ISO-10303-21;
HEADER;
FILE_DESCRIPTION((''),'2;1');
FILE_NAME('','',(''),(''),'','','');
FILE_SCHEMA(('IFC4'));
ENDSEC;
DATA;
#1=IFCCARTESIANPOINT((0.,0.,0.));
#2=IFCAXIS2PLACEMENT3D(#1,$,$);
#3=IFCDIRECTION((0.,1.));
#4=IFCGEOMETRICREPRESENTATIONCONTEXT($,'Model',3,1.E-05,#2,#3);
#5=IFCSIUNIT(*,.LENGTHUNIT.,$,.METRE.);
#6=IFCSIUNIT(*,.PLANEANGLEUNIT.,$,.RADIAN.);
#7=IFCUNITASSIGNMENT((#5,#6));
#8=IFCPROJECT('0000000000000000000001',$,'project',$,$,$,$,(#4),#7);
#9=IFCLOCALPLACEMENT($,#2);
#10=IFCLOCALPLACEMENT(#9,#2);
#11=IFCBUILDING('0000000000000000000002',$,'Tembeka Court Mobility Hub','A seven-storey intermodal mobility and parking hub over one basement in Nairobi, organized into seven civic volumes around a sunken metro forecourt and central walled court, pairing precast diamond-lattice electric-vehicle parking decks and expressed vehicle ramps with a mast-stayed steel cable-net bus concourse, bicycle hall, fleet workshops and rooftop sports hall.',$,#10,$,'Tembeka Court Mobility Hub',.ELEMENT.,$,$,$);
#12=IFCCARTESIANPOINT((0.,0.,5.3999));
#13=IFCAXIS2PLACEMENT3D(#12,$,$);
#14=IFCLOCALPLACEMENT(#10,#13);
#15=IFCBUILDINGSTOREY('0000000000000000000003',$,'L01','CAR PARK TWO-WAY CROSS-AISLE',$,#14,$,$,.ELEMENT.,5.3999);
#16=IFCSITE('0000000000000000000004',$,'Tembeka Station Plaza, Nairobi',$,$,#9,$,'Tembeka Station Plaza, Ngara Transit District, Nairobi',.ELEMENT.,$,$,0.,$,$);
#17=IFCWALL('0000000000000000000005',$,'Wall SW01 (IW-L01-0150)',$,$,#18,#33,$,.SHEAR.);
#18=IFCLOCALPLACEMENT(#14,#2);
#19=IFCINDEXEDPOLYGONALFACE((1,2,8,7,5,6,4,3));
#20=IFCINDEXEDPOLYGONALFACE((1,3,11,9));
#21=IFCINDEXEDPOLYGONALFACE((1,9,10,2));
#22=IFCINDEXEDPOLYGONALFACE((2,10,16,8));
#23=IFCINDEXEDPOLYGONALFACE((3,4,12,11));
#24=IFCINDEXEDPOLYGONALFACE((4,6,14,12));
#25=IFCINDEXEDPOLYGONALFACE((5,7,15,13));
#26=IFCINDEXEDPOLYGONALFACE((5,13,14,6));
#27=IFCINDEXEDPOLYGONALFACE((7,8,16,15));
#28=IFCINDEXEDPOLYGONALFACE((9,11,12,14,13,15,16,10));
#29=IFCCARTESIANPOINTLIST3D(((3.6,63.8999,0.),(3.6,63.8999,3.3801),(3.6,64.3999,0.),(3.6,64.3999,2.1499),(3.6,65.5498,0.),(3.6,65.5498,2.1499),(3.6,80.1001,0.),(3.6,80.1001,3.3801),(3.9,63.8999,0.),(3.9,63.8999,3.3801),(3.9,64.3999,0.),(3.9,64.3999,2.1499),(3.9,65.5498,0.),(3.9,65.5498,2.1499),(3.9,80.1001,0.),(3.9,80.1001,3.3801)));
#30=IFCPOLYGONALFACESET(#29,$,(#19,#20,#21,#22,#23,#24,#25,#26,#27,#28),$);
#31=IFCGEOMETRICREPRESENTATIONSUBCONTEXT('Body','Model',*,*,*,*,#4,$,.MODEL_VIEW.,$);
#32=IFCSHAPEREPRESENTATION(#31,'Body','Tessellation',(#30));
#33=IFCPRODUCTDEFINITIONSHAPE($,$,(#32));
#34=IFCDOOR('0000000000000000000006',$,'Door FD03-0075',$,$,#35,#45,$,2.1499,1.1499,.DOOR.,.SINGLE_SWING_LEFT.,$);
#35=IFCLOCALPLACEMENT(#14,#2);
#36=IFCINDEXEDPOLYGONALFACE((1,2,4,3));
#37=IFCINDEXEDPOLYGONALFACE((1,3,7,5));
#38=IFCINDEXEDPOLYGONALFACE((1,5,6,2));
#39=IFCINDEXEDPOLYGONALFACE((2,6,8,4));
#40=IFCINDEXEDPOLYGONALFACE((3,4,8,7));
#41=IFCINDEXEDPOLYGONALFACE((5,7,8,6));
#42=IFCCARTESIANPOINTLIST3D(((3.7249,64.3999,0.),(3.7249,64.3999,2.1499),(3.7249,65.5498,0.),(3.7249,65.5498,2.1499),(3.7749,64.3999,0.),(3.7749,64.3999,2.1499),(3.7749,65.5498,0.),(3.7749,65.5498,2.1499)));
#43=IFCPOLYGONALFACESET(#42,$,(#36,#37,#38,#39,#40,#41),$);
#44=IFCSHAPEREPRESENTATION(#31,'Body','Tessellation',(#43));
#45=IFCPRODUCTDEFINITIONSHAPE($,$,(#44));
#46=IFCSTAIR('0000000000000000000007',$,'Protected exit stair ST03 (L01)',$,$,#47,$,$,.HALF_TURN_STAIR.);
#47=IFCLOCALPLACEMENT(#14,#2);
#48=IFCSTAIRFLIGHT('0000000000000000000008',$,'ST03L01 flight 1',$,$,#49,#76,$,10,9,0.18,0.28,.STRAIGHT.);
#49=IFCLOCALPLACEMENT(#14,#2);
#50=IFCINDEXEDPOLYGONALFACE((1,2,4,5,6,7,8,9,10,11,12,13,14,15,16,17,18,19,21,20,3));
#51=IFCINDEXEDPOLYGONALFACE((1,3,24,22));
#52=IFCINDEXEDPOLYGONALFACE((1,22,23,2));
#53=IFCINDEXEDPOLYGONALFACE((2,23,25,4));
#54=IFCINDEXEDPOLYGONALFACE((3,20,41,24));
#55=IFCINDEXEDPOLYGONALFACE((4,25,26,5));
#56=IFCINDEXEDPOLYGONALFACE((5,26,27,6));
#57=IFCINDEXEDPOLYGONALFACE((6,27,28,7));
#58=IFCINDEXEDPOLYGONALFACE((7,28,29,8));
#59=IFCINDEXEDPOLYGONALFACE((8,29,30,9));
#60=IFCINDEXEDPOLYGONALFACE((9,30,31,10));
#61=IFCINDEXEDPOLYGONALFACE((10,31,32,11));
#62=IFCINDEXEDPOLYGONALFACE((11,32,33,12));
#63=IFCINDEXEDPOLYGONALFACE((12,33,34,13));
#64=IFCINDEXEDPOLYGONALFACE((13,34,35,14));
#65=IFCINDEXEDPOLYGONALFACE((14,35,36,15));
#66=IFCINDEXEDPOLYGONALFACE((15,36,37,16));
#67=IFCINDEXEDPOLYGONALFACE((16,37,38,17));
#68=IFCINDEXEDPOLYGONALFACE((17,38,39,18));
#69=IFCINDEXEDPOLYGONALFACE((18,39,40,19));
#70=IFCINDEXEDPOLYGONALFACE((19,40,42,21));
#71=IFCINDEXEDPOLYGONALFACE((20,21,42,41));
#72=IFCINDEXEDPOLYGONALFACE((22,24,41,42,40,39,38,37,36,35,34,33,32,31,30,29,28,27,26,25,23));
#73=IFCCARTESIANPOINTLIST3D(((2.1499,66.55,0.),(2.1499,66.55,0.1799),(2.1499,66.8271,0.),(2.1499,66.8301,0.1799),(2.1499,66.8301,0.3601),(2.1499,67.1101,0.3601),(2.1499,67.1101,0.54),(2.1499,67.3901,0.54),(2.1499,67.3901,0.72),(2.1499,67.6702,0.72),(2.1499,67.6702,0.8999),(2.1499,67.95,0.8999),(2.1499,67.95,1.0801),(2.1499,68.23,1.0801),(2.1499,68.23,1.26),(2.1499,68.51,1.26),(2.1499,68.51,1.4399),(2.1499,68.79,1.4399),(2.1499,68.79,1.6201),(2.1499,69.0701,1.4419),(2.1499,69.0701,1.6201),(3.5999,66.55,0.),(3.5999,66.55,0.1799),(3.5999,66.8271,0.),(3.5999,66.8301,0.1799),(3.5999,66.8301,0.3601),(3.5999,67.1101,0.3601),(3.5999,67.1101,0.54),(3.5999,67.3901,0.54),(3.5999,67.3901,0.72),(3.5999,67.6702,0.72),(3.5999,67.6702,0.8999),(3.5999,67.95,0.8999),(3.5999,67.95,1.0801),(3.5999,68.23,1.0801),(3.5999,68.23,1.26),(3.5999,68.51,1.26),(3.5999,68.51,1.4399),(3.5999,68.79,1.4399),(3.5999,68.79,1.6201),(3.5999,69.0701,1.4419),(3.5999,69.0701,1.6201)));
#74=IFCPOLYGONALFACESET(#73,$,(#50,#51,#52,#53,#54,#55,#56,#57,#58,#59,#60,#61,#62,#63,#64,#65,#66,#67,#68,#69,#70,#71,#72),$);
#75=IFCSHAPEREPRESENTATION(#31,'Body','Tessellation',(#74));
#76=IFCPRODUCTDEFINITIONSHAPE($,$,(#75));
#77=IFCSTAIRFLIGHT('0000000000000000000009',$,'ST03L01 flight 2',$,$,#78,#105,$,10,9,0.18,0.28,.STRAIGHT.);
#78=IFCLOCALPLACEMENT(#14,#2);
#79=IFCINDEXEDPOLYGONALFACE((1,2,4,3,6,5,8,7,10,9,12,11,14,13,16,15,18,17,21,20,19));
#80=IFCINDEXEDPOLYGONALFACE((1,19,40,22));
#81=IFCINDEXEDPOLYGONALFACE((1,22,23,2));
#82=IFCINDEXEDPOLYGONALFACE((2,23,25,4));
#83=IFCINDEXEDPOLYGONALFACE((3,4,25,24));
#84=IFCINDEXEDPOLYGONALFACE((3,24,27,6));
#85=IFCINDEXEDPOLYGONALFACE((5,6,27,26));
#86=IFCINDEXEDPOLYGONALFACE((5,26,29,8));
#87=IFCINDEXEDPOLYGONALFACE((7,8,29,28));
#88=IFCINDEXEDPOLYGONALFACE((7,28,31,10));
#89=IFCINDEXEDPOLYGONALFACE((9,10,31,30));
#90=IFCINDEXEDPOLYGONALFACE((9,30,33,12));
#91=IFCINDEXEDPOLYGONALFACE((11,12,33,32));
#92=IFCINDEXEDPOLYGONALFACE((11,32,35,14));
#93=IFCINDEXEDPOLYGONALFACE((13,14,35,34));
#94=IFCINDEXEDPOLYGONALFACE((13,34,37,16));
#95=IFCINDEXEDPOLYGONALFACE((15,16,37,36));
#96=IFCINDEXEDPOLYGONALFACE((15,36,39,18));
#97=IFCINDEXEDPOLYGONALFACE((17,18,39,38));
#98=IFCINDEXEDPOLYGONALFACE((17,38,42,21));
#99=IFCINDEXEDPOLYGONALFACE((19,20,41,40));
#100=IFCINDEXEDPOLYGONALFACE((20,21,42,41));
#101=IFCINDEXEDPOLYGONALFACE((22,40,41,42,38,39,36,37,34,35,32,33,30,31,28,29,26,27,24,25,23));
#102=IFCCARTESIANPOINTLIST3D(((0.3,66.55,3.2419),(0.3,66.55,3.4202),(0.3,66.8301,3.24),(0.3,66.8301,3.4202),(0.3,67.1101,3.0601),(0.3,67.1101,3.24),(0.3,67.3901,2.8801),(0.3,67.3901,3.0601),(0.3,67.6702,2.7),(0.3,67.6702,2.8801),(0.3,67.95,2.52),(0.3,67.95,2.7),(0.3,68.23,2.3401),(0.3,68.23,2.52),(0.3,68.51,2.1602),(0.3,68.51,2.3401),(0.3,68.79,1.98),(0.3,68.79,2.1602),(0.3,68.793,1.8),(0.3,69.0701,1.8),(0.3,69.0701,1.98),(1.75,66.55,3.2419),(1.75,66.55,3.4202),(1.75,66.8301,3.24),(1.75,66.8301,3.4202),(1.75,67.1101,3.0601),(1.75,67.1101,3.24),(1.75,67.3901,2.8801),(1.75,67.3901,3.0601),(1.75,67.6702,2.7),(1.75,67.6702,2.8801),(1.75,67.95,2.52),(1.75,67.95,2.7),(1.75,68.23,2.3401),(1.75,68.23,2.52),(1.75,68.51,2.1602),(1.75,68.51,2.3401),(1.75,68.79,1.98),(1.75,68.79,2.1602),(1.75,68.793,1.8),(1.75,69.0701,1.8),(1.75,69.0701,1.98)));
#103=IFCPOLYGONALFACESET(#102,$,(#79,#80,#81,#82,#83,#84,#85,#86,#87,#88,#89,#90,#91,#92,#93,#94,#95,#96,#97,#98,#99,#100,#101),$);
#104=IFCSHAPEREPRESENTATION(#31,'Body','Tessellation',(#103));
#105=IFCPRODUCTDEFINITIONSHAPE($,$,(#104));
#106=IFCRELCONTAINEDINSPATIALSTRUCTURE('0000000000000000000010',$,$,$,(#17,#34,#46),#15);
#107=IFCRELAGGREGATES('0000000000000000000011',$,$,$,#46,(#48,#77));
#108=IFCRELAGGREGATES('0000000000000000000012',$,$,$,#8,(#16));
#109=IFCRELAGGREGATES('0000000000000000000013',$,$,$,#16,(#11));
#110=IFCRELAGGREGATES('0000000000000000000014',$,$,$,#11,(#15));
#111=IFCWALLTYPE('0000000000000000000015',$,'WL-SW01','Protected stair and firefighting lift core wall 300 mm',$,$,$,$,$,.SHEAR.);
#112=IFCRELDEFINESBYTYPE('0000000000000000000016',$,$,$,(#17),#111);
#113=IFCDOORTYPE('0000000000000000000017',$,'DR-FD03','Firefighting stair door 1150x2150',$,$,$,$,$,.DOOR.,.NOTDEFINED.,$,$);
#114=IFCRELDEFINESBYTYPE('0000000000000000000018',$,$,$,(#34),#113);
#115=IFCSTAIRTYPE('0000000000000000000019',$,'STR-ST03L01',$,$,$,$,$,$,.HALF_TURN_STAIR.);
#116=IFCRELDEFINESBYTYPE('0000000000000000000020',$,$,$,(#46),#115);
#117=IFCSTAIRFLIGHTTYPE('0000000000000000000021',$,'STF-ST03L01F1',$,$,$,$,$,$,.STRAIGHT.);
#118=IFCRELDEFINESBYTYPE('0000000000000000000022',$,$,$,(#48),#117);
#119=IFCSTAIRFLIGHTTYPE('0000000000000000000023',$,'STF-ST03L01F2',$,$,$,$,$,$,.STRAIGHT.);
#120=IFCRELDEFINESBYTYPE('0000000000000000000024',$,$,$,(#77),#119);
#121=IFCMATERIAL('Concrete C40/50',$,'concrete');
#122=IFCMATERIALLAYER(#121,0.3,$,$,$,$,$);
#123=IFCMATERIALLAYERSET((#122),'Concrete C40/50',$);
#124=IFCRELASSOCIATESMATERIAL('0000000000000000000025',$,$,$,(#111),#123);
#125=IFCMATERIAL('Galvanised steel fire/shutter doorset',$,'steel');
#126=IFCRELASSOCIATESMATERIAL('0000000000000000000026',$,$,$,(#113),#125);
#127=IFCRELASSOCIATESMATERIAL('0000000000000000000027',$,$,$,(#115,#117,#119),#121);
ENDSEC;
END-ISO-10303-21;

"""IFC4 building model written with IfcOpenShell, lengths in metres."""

from ifc_helpers import new_model, si_unit, direction, frame, frame_2d, origin, place, context, subcontext, project, spatial, polyline, rectangle, outline, extrude, material, layer, layer_set, type_object, element, fill, aggregate, save


model = new_model("IFC4")

# Units and contexts
model_context = context("Model", 3, precision=1e-05, world=origin(), true_north=direction((0.0, 1.0)))
body_context = subcontext(model_context, "Body", "Model", "MODEL_VIEW")
ifc_project = project(units=[si_unit("LENGTHUNIT", "METRE"), si_unit("PLANEANGLEUNIT", "RADIAN")], contexts=[model_context])

# Site, building, storey
site_placement = place(None, origin())
site = spatial("IfcSite", under=ifc_project, at=site_placement, Name="Tembeka Station Plaza, Nairobi", LongName="Tembeka Station Plaza, Ngara Transit District, Nairobi", CompositionType="ELEMENT", RefElevation=0.0)
building_placement = place(site_placement, origin())
building = spatial("IfcBuilding", under=site, at=building_placement, Name="Tembeka Court Mobility Hub", Description="A seven-storey intermodal mobility and parking hub over one basement in Nairobi, organized into seven civic volumes around a sunken metro forecourt and central walled court, pairing precast diamond-lattice electric-vehicle parking decks and expressed vehicle ramps with a mast-stayed steel cable-net bus concourse, bicycle hall, fleet workshops and rooftop sports hall.", LongName="Tembeka Court Mobility Hub", CompositionType="ELEMENT")
storey_placement = place(building_placement, frame((0.0, 0.0, 5.3999)))
storey = spatial("IfcBuildingStorey", under=building, at=storey_placement, Name="L01", Description="CAR PARK TWO-WAY CROSS-AISLE", CompositionType="ELEMENT", Elevation=5.3999)

# Wall, opening, door
ifc_material_1 = material(Name="Concrete C40/50", Category="concrete")
ifc_layer = layer(ifc_material_1, 0.3)
ifc_layer_set = layer_set([ifc_layer], Name="Concrete C40/50")
wall_type = type_object("IfcWallType", Name="WL-SW01", Description="Protected stair and firefighting lift core wall 300 mm", PredefinedType="SHEAR", material=ifc_layer_set)
ifc_material_2 = material(Name="Galvanised steel fire/shutter doorset", Category="steel")
wall_1_placement = place(storey_placement, frame((3.75, 63.8999, 0.0), z_axis=(0.0, 0.0, 1.0), x_axis=(0.0, 1.0, 0.0)))
wall_1 = element("IfcWall", 1, at=wall_1_placement, inside=storey, type_object=wall_type, Name="Wall SW01 (IW-L01-0150)", PredefinedType="SHEAR", context=body_context, shape_type="SweptSolid", body=[
    extrude(rectangle(XDim=16.2002, YDim=0.3, at=frame_2d((8.1001, 0.0))), origin(), (0.0, 0.0, 1.0), 3.3801),
])
opening_1_placement = place(wall_1_placement, frame((0.5, 0.0, 0.0)))
opening_1 = element("IfcOpeningElement", 2, at=opening_1_placement, cuts=wall_1, PredefinedType="OPENING", context=body_context, shape_type="SweptSolid", body=[
    extrude(rectangle(XDim=1.1499, YDim=2.1499, at=frame_2d((0.575, 1.075))), frame((0.0, 0.1602, 0.0), z_axis=(0.0, -1.0, 0.0), x_axis=(1.0, 0.0, 0.0)), (0.0, 0.0, 1.0), 0.3201),
])
door_type_1 = type_object("IfcDoorType", Name="DR-FD03", Description="Firefighting stair door 1150x2150", OperationType="NOTDEFINED", PredefinedType="DOOR", material=ifc_material_2)
door_1_placement = place(opening_1_placement, frame((1.1499, 0.0, 0.0), z_axis=(0.0, 0.0, 1.0), x_axis=(-1.0, 0.0, 0.0)))
door_1 = element("IfcDoor", 3, at=door_1_placement, inside=storey, type_object=door_type_1, Name="Door FD03-0075", OperationType="SINGLE_SWING_LEFT", OverallHeight=2.1499, OverallWidth=1.1499, PredefinedType="DOOR", context=body_context, shape_type="SweptSolid", body=[
    extrude(rectangle(XDim=1.1499, YDim=2.1499, at=frame_2d((0.575, 1.075))), frame((0.0, 0.0249, 0.0), z_axis=(0.0, -1.0, 0.0), x_axis=(1.0, 0.0, 0.0)), (0.0, 0.0, 1.0), 0.05),
])
fill(opening_1, door_1)

# Stair, stair flights
stair_type = type_object("IfcStairType", Name="STR-ST03L01", PredefinedType="HALF_TURN_STAIR", material=ifc_material_1)
stair_placement = place(storey_placement, origin())
stair = element("IfcStair", 4, at=stair_placement, inside=storey, type_object=stair_type, Name="Protected exit stair ST03 (L01)", PredefinedType="HALF_TURN_STAIR")
stair_flight_type_1 = type_object("IfcStairFlightType", Name="STF-ST03L01F1", PredefinedType="STRAIGHT", material=ifc_material_1)
stair_flight_1_placement = place(storey_placement, frame((2.875, 66.55, 0.0), z_axis=(0.0, 0.0, 1.0), x_axis=(0.0, 1.0, 0.0)))
stair_flight_1 = element("IfcStairFlight", 5, at=stair_flight_1_placement, type_object=stair_flight_type_1, Name="ST03L01 flight 1", NumberOfRisers=10, NumberOfTreads=9, PredefinedType="STRAIGHT", RiserHeight=0.18, TreadLength=0.28, context=body_context, shape_type="SweptSolid", body=[
    extrude(outline(polyline([(0.0, 0.0), (0.0, 0.1799), (0.28, 0.1799), (0.28, 0.3601), (0.5601, 0.3601), (0.5601, 0.54), (0.8401, 0.54), (0.8401, 0.72), (1.1201, 0.72), (1.1201, 0.8999), (1.3999, 0.8999), (1.3999, 1.0801), (1.6799, 1.0801), (1.6799, 1.26), (1.96, 1.26), (1.96, 1.4399), (2.24, 1.4399), (2.24, 1.6201), (2.52, 1.6201), (2.52, 1.8), (2.52, 1.4419), (0.2771, 0.0), (0.0, 0.0)])), frame((0.0, 0.7251, 0.0), z_axis=(0.0, -1.0, 0.0), x_axis=(1.0, 0.0, 0.0)), (0.0, 0.0, 1.0), 1.45),
])
stair_flight_type_2 = type_object("IfcStairFlightType", Name="STF-ST03L01F2", PredefinedType="STRAIGHT", material=ifc_material_1)
stair_flight_2_placement = place(storey_placement, frame((1.0249, 69.0701, 1.8), z_axis=(0.0, 0.0, 1.0), x_axis=(0.0, -1.0, 0.0)))
stair_flight_2 = element("IfcStairFlight", 6, at=stair_flight_2_placement, type_object=stair_flight_type_2, Name="ST03L01 flight 2", NumberOfRisers=10, NumberOfTreads=9, PredefinedType="STRAIGHT", RiserHeight=0.18, TreadLength=0.28, context=body_context, shape_type="SweptSolid", body=[
    extrude(outline(polyline([(0.0, 0.0), (0.0, 0.1799), (0.28, 0.1799), (0.28, 0.3601), (0.5601, 0.3601), (0.5601, 0.54), (0.8401, 0.54), (0.8401, 0.72), (1.1201, 0.72), (1.1201, 0.8999), (1.3999, 0.8999), (1.3999, 1.0801), (1.6799, 1.0801), (1.6799, 1.26), (1.96, 1.26), (1.96, 1.4399), (2.24, 1.4399), (2.24, 1.6201), (2.52, 1.6201), (2.52, 1.8), (2.52, 1.4419), (0.2771, 0.0), (0.0, 0.0)])), frame((0.0, 0.7251, 0.0), z_axis=(0.0, -1.0, 0.0), x_axis=(1.0, 0.0, 0.0)), (0.0, 0.0, 1.0), 1.45),
])
aggregate(stair, [stair_flight_1, stair_flight_2])

save(model, "model.ifc")
